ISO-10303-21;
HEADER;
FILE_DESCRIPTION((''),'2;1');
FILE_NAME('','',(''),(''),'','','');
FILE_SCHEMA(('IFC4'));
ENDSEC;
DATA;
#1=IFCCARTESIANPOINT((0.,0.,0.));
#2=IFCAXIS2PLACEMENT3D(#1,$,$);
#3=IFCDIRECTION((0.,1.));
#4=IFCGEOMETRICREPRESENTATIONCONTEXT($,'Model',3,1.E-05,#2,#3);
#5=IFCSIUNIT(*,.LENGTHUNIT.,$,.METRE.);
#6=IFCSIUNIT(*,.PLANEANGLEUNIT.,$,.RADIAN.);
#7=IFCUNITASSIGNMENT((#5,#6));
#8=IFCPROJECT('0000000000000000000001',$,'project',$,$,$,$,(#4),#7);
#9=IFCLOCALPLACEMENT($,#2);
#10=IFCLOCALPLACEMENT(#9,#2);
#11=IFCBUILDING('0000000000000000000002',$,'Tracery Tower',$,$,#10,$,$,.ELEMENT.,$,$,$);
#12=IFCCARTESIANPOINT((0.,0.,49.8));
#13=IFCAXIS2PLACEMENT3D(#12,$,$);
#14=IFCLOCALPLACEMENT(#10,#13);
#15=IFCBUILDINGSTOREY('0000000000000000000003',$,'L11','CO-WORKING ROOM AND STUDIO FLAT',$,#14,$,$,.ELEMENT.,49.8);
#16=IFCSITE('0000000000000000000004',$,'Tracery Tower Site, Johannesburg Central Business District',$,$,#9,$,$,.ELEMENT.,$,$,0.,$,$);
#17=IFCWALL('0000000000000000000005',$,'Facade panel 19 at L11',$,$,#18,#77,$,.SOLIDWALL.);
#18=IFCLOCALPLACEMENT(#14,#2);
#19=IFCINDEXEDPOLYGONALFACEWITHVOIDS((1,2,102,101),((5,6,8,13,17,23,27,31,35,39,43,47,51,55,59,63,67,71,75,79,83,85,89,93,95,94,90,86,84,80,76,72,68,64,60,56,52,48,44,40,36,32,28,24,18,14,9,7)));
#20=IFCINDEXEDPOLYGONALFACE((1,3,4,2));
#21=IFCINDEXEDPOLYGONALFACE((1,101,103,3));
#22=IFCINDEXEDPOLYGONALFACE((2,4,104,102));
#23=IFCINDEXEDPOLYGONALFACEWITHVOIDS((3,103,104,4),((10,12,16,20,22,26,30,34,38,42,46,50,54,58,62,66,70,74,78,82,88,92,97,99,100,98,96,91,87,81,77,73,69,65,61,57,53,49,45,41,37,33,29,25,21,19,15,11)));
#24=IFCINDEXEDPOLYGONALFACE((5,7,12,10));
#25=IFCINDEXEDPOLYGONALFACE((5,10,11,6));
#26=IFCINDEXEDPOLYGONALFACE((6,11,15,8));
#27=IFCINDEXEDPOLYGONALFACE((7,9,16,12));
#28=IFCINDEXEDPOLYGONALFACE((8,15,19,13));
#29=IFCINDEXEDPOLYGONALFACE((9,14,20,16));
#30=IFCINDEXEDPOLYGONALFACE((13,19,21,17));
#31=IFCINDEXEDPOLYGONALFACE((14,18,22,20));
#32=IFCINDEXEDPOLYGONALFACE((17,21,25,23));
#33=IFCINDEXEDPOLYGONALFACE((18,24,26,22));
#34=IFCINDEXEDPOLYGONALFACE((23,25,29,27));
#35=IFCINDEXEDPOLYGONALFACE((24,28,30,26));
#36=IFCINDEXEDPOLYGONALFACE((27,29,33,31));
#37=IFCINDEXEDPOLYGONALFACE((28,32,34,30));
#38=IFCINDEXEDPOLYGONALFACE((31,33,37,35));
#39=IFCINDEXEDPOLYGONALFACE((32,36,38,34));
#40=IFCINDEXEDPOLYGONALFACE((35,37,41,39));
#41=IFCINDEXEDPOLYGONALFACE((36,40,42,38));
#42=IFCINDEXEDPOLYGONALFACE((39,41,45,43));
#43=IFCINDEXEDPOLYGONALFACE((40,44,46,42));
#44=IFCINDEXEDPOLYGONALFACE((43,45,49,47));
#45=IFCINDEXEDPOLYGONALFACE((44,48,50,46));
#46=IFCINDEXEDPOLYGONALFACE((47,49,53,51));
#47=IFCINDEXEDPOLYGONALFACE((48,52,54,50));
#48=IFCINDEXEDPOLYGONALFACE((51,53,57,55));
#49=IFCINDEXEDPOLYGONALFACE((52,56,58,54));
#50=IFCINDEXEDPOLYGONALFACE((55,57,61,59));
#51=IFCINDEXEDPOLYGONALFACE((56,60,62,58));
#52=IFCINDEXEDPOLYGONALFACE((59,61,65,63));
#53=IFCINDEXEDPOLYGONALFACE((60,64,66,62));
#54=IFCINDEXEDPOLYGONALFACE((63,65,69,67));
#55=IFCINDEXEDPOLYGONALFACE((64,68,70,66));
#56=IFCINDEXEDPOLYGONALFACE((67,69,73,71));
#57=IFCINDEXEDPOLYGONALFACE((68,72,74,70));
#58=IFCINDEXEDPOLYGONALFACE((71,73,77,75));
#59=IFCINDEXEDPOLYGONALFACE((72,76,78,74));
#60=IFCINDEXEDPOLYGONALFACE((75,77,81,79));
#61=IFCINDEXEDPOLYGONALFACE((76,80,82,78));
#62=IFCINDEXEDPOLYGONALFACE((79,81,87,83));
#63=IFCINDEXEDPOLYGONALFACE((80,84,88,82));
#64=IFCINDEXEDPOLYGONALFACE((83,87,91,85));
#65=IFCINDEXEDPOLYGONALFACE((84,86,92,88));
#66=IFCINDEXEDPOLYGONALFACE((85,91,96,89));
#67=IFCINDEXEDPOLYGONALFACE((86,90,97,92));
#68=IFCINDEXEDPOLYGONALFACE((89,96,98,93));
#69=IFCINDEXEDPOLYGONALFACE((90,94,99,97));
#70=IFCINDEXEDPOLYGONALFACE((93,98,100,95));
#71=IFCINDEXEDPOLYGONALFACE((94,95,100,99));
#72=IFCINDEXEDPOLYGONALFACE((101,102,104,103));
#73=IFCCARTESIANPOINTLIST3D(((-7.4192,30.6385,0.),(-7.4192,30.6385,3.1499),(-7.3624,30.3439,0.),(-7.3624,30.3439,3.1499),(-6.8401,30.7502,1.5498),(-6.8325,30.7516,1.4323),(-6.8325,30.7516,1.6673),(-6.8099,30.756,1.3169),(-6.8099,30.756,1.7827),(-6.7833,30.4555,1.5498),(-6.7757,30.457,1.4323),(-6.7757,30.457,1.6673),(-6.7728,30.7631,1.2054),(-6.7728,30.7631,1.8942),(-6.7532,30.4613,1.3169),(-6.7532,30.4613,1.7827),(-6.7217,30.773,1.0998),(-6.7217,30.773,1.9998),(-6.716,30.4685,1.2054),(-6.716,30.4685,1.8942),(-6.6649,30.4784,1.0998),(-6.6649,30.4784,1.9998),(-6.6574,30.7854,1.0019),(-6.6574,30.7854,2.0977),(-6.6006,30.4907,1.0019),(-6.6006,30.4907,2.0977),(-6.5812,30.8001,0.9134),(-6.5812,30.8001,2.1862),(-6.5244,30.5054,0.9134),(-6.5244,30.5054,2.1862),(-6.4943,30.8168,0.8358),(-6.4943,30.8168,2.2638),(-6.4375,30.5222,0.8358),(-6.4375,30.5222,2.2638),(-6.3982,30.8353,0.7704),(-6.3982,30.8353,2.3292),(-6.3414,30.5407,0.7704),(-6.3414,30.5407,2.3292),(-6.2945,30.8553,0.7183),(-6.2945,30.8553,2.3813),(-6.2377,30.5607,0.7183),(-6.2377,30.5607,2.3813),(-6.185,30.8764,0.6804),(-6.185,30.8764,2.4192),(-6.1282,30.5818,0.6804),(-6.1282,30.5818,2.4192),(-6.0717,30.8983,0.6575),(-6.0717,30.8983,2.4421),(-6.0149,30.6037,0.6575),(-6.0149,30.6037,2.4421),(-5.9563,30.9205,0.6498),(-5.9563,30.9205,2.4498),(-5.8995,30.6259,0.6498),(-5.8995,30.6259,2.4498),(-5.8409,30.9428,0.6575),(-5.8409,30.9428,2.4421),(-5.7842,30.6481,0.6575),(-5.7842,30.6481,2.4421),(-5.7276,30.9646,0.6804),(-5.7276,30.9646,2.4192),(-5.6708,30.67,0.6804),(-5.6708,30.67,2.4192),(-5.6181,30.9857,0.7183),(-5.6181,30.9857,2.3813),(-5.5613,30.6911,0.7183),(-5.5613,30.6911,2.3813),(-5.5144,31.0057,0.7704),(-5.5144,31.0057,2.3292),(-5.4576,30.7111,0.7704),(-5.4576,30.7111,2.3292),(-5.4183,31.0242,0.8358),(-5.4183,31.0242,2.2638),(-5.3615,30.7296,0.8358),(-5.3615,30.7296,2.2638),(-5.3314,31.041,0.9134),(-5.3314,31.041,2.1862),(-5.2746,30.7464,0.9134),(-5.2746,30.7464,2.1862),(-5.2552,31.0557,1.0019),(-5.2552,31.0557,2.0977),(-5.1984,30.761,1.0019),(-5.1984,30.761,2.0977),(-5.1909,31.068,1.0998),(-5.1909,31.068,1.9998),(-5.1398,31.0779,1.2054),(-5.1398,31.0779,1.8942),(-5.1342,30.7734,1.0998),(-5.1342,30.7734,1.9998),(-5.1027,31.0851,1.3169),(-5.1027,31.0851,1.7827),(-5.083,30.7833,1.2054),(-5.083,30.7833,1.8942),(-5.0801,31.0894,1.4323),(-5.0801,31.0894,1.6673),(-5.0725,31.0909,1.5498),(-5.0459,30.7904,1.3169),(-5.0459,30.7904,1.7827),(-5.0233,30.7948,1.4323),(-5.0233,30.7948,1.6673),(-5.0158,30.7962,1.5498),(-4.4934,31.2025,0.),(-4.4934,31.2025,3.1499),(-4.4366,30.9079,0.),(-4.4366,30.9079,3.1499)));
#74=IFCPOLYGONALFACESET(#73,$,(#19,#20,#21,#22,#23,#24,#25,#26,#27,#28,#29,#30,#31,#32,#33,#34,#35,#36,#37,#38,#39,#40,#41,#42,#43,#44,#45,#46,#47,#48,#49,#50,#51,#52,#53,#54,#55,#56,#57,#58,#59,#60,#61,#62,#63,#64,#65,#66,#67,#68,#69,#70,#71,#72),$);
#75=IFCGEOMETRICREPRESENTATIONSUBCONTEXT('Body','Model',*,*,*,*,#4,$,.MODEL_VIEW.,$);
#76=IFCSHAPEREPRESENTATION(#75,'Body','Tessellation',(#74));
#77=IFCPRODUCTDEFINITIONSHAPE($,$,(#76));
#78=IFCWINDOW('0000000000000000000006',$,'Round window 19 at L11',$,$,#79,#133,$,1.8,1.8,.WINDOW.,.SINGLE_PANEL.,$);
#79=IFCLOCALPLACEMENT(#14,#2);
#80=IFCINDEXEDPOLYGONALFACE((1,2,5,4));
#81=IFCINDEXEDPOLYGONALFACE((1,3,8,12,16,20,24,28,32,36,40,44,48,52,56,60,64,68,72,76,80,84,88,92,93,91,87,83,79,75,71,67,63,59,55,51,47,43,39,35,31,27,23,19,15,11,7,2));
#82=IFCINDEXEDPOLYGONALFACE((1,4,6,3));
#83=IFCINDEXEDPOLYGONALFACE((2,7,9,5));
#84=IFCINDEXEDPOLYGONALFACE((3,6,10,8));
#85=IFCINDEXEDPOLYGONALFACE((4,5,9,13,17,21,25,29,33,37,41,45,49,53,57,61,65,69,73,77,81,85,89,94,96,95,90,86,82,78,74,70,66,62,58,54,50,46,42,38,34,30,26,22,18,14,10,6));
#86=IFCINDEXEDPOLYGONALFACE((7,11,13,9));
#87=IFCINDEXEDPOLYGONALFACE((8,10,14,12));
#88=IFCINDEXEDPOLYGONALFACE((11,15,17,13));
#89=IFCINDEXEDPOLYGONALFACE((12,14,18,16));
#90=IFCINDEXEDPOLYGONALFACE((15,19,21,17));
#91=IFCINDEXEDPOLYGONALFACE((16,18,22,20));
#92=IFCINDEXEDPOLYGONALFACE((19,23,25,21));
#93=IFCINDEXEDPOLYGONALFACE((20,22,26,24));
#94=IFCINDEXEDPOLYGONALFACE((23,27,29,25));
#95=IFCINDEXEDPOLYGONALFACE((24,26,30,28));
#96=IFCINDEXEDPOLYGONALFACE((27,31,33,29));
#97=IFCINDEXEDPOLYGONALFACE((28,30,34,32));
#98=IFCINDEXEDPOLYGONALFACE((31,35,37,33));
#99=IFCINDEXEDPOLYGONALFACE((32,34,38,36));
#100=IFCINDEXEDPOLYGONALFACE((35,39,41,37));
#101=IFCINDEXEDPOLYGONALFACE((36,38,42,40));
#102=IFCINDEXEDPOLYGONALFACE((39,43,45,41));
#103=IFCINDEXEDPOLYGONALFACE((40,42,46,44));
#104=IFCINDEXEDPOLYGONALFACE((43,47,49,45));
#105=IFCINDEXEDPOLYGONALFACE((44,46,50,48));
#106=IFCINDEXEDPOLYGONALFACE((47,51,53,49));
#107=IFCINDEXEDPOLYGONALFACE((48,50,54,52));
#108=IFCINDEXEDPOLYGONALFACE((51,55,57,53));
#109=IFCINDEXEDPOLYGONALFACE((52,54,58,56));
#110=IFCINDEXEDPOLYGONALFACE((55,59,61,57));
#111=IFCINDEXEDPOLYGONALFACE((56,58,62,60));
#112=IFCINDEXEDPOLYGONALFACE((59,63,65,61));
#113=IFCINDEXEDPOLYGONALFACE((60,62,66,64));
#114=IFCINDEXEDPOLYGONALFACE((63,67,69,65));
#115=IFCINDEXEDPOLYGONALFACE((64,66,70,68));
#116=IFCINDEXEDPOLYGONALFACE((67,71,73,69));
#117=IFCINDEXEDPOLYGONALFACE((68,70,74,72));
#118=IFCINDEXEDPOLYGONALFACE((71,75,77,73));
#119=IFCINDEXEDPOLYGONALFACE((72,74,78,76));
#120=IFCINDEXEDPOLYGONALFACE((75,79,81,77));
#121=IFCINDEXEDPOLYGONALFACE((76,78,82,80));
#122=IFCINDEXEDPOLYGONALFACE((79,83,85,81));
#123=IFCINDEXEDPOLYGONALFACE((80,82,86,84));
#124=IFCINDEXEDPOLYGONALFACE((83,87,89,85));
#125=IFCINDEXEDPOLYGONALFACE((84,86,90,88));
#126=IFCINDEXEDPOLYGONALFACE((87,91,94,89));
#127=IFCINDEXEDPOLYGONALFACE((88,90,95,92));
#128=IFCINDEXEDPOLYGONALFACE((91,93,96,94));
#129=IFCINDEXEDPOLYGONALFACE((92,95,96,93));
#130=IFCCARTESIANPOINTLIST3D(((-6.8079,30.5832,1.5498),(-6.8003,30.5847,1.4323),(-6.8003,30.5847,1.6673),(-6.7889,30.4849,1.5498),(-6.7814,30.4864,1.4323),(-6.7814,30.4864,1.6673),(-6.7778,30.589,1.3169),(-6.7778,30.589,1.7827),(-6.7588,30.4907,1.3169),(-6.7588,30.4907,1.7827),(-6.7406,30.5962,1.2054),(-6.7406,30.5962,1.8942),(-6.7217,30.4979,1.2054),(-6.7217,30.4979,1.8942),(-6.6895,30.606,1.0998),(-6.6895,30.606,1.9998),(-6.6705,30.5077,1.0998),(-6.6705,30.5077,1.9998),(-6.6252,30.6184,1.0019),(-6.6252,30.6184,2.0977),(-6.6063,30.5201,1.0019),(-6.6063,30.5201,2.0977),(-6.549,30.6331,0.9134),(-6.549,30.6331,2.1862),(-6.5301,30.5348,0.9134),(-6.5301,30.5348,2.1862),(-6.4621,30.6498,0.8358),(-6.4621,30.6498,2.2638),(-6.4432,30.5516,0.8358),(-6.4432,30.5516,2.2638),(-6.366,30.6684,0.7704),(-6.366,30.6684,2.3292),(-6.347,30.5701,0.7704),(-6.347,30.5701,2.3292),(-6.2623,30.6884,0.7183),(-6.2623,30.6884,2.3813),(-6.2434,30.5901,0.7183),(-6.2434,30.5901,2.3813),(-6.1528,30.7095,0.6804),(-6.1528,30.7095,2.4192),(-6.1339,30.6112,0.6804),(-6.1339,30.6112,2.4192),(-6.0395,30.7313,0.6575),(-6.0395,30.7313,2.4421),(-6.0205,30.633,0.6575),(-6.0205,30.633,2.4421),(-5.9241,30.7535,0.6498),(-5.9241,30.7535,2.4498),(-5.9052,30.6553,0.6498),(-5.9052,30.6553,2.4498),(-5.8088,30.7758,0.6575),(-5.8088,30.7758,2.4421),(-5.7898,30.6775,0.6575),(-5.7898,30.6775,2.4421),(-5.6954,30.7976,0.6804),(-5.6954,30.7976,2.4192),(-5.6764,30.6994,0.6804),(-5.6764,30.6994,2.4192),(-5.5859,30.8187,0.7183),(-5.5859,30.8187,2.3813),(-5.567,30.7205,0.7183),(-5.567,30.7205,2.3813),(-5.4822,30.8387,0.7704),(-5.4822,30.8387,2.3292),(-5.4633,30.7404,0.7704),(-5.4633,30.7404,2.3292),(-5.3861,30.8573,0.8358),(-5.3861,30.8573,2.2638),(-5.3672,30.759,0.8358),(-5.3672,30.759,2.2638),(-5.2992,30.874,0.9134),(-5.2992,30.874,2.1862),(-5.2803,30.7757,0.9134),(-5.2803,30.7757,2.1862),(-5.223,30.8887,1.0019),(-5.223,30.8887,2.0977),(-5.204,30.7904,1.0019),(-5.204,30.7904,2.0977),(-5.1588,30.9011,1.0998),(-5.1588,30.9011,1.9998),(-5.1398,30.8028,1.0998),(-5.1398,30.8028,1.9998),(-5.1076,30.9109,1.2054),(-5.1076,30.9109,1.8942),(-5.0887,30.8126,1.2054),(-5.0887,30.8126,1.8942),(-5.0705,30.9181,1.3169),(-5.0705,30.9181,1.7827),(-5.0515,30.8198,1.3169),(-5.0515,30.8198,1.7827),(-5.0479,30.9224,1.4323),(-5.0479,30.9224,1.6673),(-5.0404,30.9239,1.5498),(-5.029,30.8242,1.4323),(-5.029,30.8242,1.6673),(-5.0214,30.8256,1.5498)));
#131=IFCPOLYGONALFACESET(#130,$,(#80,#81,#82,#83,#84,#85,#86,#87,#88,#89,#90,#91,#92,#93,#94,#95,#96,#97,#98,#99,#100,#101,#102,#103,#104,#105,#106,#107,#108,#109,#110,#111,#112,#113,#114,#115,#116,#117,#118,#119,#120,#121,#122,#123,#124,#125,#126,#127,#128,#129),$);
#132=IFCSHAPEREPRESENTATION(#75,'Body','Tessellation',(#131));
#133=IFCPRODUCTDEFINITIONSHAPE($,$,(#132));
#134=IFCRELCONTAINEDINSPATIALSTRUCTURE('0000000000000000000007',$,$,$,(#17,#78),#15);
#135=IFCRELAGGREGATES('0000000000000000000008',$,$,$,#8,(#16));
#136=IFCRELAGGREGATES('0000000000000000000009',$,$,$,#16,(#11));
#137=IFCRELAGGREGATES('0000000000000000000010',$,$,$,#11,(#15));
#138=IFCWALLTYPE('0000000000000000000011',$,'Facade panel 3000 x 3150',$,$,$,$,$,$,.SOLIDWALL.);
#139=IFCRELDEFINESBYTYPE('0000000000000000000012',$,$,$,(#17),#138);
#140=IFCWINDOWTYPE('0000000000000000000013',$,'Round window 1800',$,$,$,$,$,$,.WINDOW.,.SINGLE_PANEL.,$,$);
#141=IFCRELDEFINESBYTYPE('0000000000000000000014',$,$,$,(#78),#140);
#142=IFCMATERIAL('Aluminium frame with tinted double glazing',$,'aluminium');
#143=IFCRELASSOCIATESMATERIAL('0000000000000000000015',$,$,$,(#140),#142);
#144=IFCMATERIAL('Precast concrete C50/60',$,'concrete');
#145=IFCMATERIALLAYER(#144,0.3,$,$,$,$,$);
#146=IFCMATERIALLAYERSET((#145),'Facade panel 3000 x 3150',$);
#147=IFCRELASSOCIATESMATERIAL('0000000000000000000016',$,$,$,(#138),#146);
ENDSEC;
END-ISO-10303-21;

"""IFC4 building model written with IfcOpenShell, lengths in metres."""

from ifc_helpers import new_model, si_unit, direction, frame, frame_2d, origin, origin_2d, place, context, subcontext, project, spatial, rectangle, circle, extrude, material, layer, layer_set, type_object, element, fill, save


model = new_model("IFC4")

# Units and contexts
model_context = context("Model", 3, precision=1e-05, world=origin(), true_north=direction((0.0, 1.0)))
body_context = subcontext(model_context, "Body", "Model", "MODEL_VIEW")
ifc_project = project(units=[si_unit("LENGTHUNIT", "METRE"), si_unit("PLANEANGLEUNIT", "RADIAN")], contexts=[model_context])

# Site, building, storey
site_placement = place(None, origin())
site = spatial("IfcSite", under=ifc_project, at=site_placement, Name="Tracery Tower Site, Johannesburg Central Business District", CompositionType="ELEMENT", RefElevation=0.0)
building_placement = place(site_placement, origin())
building = spatial("IfcBuilding", under=site, at=building_placement, Name="Tracery Tower", CompositionType="ELEMENT")
storey_placement = place(building_placement, frame((0.0, 0.0, 49.8)))
storey = spatial("IfcBuildingStorey", under=building, at=storey_placement, Name="L11", Description="CO-WORKING ROOM AND STUDIO FLAT", CompositionType="ELEMENT", Elevation=49.8)

# Wall, opening, window
ifc_material_1 = material(Name="Aluminium frame with tinted double glazing", Category="aluminium")
window_type = type_object("IfcWindowType", Name="Round window 1800", PartitioningType="SINGLE_PANEL", PredefinedType="WINDOW", material=ifc_material_1)
ifc_material_2 = material(Name="Precast concrete C50/60", Category="concrete")
ifc_layer_1 = layer(ifc_material_2, 0.3)
ifc_layer_set_1 = layer_set([ifc_layer_1], Name="Facade panel 3000 x 3150")
wall_type_1 = type_object("IfcWallType", Name="Facade panel 3000 x 3150", PredefinedType="SOLIDWALL", material=ifc_layer_set_1)
wall_1_placement = place(storey_placement, frame((-4.4651, 31.0552, 0.0), z_axis=(0.0, 0.0, 1.0), x_axis=(-0.981925, -0.189273, 0.0)))
wall_1 = element("IfcWall", 1, at=wall_1_placement, inside=storey, type_object=wall_type_1, Name="Facade panel 19 at L11", PredefinedType="SOLIDWALL", context=body_context, shape_type="SweptSolid", body=[
    extrude(rectangle(XDim=2.9797, YDim=0.3, at=frame_2d((1.4897, 0.0))), origin(), (0.0, 0.0, 1.0), 3.1499),
])
opening_1_placement = place(wall_1_placement, frame((1.4897, 0.0, 1.5498)))
opening_1 = element("IfcOpeningElement", 2, at=opening_1_placement, cuts=wall_1, PredefinedType="OPENING", context=body_context, shape_type="SweptSolid", body=[
    extrude(circle(Radius=0.9, at=origin_2d()), frame((0.0, 0.1599, 0.0), z_axis=(0.0, -1.0, 0.0), x_axis=(1.0, 0.0, 0.0)), (0.0, 0.0, 1.0), 0.3201),
])
window_1_placement = place(opening_1_placement, origin())
window_1 = element("IfcWindow", 3, at=window_1_placement, inside=storey, type_object=window_type, Name="Round window 19 at L11", OverallHeight=1.8, OverallWidth=1.8, PartitioningType="SINGLE_PANEL", PredefinedType="WINDOW", context=body_context, shape_type="SweptSolid", body=[
    extrude(circle(Radius=0.9, at=origin_2d()), frame((0.0, 0.1201, 0.0), z_axis=(0.0, -1.0, 0.0), x_axis=(1.0, 0.0, 0.0)), (0.0, 0.0, 1.0), 0.1001),
])
fill(opening_1, window_1)

save(model, "model.ifc")
